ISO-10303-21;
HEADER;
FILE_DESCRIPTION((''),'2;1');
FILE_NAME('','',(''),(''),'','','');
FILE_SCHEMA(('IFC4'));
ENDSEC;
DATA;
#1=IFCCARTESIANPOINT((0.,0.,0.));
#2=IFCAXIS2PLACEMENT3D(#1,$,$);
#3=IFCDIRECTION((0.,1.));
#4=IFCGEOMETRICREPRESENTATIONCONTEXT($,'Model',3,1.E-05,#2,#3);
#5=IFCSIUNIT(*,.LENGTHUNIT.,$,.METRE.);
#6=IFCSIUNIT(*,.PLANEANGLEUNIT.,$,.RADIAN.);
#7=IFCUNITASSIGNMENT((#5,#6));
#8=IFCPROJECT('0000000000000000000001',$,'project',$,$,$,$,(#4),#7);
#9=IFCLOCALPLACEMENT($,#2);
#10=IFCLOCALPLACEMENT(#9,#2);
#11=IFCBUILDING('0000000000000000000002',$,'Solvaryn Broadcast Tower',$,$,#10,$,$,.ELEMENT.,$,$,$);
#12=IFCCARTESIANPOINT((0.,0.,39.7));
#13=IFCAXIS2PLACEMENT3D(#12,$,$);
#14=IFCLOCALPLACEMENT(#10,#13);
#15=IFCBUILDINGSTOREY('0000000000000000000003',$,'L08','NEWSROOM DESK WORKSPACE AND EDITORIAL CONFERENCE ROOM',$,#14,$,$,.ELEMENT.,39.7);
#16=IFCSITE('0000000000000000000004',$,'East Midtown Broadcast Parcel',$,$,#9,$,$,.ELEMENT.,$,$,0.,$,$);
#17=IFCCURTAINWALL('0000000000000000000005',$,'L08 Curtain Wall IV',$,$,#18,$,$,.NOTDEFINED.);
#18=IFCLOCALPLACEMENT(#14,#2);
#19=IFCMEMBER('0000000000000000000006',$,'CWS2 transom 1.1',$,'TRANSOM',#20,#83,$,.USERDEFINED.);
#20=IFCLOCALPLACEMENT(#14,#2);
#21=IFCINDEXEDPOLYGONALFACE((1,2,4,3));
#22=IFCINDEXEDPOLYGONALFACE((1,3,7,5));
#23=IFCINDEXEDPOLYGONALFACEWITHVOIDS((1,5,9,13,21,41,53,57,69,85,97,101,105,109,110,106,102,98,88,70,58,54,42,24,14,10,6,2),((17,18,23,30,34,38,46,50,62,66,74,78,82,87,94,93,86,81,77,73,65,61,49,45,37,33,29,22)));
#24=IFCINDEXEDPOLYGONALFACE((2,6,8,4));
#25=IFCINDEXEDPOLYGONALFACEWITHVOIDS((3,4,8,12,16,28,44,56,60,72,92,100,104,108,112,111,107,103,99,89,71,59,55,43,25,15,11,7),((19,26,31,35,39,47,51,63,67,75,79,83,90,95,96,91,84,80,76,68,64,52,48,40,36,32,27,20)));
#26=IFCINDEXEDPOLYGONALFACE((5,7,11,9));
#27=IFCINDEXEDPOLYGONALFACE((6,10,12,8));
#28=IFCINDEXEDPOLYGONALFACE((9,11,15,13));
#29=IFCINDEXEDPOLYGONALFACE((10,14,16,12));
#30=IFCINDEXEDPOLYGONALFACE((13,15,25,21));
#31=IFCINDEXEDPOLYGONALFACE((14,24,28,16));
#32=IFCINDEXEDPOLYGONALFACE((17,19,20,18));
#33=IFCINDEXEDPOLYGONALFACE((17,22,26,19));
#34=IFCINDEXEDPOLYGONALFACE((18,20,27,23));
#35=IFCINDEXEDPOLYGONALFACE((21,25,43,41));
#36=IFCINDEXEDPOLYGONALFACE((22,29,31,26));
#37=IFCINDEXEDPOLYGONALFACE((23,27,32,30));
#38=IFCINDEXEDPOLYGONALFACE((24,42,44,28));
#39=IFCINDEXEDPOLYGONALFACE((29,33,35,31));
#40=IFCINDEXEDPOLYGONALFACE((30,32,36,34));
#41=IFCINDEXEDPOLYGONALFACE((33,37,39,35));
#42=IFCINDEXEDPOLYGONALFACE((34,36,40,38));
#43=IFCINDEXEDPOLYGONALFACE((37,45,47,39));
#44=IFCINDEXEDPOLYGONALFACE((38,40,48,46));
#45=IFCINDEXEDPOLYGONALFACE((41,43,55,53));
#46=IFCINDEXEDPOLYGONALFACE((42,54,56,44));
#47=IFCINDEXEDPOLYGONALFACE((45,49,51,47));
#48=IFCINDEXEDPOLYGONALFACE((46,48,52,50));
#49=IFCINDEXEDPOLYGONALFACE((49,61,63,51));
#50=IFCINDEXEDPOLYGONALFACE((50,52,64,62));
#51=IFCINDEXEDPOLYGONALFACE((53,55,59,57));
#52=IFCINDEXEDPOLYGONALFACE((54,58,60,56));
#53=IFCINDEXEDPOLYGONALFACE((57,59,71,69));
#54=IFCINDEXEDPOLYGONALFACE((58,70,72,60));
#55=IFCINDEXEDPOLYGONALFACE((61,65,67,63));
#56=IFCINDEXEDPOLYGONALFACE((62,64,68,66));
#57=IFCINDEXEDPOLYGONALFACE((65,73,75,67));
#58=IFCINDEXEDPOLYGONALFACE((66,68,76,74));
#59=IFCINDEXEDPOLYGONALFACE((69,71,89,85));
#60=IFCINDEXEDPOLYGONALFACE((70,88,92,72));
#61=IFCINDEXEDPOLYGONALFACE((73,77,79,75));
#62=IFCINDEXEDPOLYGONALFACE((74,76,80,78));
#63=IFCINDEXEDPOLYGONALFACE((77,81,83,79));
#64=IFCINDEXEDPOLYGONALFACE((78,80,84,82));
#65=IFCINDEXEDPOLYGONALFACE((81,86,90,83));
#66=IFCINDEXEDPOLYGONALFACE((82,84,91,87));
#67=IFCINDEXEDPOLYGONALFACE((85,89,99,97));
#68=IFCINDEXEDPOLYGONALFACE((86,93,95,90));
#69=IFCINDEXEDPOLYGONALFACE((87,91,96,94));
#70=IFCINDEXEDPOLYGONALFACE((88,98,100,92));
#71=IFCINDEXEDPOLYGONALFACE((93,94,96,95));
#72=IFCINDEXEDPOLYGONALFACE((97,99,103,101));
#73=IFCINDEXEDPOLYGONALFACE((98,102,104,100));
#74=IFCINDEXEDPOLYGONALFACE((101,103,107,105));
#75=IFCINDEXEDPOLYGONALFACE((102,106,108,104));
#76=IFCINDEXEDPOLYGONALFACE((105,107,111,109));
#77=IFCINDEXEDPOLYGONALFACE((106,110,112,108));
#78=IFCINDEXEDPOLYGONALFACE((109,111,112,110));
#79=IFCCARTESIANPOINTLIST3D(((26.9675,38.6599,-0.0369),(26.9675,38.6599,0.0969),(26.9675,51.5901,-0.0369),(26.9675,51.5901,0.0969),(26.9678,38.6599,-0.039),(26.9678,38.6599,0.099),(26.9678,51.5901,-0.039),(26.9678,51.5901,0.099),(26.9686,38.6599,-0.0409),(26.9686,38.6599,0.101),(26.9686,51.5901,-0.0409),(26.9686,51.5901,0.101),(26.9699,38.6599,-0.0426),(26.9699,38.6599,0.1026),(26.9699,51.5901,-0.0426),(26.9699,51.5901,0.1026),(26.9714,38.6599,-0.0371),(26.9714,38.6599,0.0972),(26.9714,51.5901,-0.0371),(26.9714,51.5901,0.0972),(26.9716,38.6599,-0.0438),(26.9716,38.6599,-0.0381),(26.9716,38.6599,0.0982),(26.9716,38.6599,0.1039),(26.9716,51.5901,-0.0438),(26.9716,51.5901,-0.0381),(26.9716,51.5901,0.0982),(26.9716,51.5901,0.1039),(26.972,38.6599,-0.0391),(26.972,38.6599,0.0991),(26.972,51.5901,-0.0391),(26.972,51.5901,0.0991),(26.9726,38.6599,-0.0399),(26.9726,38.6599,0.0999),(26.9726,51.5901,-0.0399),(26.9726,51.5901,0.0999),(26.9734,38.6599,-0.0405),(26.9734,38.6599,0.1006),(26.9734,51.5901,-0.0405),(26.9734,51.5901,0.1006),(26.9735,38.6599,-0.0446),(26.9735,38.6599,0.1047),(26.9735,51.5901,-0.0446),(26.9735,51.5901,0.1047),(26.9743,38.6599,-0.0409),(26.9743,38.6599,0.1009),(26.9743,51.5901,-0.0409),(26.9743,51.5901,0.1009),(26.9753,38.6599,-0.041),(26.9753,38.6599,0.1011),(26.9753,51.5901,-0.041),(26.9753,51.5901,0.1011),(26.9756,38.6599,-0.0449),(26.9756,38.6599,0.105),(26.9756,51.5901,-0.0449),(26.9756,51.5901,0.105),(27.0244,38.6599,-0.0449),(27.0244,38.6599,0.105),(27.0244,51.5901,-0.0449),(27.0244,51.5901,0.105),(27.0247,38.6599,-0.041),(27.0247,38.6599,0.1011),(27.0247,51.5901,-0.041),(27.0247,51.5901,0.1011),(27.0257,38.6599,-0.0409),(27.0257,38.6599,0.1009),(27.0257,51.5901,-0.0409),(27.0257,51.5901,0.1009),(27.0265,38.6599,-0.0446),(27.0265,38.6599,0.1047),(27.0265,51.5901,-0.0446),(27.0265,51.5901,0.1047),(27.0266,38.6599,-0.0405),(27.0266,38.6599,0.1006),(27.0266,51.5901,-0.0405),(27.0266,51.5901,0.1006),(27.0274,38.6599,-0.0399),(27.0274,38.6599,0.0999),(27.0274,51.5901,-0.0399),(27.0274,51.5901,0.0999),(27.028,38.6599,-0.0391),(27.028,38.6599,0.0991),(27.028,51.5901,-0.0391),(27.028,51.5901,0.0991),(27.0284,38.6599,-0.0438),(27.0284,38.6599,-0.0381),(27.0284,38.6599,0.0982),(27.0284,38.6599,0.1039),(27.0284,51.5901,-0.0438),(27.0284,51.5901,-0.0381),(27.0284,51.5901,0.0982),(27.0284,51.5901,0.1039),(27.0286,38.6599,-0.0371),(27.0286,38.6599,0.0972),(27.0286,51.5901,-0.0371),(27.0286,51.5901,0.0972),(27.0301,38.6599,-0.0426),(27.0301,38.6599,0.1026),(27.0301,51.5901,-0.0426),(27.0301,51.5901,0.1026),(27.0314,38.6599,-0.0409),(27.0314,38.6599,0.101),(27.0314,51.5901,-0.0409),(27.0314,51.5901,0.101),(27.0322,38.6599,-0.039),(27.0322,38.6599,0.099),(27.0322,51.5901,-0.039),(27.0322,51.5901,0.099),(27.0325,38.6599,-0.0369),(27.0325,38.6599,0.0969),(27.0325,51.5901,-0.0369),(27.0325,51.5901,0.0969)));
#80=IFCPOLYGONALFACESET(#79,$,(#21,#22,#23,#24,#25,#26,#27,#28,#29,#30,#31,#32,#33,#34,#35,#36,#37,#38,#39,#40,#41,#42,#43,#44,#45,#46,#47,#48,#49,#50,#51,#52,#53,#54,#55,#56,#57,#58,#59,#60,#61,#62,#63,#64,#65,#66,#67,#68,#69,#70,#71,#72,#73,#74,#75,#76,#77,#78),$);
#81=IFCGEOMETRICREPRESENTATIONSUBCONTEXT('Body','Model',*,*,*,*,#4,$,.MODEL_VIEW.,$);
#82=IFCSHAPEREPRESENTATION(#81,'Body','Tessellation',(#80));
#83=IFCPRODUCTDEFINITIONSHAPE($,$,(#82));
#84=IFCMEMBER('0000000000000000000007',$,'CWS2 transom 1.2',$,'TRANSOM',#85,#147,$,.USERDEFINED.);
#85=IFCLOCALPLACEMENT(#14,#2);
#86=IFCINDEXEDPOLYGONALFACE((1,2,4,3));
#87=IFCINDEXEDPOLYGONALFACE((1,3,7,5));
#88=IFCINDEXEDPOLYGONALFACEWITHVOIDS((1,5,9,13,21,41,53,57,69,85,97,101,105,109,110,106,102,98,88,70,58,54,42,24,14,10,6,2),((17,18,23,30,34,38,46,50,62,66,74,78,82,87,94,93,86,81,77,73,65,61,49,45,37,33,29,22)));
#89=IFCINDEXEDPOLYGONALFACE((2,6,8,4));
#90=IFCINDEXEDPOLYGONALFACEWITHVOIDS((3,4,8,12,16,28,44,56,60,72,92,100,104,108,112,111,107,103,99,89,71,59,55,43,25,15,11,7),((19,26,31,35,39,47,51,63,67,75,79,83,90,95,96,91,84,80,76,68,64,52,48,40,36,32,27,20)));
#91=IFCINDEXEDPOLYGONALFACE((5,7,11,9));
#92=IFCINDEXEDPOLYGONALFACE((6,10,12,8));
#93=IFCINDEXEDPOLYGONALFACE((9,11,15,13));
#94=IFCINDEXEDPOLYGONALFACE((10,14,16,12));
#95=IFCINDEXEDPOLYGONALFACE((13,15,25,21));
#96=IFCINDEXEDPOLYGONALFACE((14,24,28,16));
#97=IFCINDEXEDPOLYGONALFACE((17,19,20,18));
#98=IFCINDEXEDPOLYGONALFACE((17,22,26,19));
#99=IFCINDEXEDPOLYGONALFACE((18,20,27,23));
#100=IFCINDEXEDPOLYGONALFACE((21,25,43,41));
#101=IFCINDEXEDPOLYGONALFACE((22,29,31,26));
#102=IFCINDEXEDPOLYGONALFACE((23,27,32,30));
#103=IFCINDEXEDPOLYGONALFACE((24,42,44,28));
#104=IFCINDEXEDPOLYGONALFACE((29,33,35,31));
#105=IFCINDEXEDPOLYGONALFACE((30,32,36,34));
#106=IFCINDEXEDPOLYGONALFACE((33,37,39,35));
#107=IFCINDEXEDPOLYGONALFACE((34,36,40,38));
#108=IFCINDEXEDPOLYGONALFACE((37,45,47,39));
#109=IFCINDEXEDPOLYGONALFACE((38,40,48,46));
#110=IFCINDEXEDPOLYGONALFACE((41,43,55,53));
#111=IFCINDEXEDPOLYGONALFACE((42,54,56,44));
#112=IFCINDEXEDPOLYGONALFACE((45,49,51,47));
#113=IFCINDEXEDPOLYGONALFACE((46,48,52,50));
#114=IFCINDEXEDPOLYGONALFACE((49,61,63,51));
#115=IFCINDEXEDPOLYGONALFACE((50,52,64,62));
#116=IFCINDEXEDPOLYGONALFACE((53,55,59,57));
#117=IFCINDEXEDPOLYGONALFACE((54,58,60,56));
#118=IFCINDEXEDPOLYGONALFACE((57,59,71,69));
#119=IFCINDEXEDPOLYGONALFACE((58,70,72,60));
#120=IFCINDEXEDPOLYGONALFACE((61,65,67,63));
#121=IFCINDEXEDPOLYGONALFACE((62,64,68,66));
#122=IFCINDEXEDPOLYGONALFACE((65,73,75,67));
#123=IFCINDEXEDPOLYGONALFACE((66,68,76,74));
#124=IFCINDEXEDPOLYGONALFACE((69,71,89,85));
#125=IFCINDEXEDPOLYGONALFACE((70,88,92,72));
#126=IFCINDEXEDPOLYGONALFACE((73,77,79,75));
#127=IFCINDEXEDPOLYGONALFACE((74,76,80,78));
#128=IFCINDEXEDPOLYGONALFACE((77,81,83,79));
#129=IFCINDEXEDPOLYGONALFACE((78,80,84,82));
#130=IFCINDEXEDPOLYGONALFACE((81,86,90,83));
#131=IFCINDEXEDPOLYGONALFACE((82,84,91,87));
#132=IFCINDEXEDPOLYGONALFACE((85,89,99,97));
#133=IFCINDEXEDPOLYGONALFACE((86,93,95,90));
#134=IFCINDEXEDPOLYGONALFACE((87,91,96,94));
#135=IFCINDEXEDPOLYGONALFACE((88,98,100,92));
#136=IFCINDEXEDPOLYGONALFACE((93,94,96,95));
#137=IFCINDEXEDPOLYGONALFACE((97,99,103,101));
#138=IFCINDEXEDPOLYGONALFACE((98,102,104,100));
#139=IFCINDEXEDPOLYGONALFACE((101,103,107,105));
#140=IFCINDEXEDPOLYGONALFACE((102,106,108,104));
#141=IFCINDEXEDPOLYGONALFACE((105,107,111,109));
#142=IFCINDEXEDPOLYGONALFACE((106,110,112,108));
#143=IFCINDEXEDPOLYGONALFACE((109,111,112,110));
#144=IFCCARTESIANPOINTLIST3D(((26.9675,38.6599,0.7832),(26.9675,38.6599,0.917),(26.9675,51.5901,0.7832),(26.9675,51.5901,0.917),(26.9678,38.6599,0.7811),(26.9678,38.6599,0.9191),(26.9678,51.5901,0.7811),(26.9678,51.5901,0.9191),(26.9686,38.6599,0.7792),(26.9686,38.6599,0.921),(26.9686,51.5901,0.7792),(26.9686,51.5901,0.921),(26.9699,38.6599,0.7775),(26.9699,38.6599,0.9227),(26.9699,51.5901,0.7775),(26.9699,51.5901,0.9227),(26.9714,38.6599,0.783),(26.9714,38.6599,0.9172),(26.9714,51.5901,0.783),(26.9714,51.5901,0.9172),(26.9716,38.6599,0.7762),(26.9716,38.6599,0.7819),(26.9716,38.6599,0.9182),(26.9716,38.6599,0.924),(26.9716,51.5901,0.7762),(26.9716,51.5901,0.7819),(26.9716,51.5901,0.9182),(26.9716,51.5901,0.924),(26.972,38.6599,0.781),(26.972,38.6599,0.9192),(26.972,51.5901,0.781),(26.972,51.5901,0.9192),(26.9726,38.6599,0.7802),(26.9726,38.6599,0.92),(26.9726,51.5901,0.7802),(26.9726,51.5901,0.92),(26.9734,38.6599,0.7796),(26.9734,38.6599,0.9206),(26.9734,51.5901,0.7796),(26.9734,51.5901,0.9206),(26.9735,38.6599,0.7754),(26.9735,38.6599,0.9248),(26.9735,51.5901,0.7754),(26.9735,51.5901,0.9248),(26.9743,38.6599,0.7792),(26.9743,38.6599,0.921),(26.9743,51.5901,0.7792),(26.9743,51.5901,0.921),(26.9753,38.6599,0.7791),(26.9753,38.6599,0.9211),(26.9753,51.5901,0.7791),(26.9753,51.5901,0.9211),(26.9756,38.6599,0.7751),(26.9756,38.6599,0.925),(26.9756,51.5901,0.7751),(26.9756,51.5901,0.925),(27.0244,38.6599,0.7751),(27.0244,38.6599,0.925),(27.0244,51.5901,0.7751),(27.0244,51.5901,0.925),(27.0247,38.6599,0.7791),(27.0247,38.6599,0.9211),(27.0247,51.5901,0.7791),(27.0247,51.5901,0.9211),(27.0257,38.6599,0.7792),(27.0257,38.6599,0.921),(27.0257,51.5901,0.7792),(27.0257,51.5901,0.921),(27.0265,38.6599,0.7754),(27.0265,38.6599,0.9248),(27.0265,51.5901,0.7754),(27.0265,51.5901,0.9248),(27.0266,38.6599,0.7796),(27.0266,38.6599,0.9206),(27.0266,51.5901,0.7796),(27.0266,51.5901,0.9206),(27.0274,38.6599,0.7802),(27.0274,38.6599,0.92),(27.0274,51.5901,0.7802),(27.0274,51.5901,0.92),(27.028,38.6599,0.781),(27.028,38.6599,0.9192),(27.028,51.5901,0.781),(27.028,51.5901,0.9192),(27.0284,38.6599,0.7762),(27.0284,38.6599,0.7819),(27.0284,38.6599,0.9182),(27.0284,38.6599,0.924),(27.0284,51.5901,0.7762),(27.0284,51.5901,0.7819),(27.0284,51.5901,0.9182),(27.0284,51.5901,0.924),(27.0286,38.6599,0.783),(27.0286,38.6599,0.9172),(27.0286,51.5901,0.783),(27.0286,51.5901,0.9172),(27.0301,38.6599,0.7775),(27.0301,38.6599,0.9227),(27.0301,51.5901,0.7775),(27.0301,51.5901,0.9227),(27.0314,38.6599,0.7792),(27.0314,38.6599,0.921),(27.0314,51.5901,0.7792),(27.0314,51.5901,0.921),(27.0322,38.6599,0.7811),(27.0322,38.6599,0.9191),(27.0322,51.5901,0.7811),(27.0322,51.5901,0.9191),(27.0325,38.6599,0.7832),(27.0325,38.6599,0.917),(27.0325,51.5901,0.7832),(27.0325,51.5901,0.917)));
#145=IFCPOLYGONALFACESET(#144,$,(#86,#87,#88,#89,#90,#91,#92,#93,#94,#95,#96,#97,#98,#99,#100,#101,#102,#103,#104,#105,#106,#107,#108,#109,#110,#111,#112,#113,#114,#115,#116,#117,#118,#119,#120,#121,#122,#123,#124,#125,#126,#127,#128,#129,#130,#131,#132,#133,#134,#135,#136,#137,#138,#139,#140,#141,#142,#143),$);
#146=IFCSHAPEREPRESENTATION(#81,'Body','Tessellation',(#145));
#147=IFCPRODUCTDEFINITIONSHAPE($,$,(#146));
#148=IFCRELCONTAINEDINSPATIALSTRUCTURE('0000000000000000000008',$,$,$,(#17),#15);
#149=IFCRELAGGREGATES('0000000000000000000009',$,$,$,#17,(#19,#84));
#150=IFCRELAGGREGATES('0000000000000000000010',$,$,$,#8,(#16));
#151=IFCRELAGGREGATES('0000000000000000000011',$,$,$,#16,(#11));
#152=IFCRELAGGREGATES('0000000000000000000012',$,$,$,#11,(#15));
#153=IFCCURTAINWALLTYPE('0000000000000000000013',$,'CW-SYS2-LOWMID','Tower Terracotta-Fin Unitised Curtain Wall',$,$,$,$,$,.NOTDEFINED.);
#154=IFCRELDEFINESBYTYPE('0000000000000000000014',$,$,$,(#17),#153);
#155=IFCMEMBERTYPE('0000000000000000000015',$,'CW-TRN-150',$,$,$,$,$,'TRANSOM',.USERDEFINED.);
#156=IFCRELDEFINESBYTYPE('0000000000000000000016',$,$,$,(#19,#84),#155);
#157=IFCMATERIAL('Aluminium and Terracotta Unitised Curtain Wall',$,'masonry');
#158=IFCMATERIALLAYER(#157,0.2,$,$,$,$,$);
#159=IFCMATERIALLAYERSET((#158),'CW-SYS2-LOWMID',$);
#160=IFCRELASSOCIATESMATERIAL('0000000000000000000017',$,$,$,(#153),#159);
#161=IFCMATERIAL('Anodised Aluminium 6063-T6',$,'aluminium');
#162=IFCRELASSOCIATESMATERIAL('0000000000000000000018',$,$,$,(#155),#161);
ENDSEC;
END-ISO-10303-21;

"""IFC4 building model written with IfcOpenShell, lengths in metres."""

from ifc_helpers import new_model, si_unit, direction, frame, origin, origin_2d, place, context, subcontext, project, spatial, hollow_rectangle, extrude, material, layer, layer_set, material_profile, profile_set, type_object, element, aggregate, save


model = new_model("IFC4")

# Units and contexts
model_context = context("Model", 3, precision=1e-05, world=origin(), true_north=direction((0.0, 1.0)))
body_context = subcontext(model_context, "Body", "Model", "MODEL_VIEW")
ifc_project = project(units=[si_unit("LENGTHUNIT", "METRE"), si_unit("PLANEANGLEUNIT", "RADIAN")], contexts=[model_context])

# Site, building, storey
site_placement = place(None, origin())
site = spatial("IfcSite", under=ifc_project, at=site_placement, Name="East Midtown Broadcast Parcel", CompositionType="ELEMENT", RefElevation=0.0)
building_placement = place(site_placement, origin())
building = spatial("IfcBuilding", under=site, at=building_placement, Name="Solvaryn Broadcast Tower", CompositionType="ELEMENT")
storey_placement = place(building_placement, frame((0.0, 0.0, 39.7)))
storey = spatial("IfcBuildingStorey", under=building, at=storey_placement, Name="L08", Description="NEWSROOM DESK WORKSPACE AND EDITORIAL CONFERENCE ROOM", CompositionType="ELEMENT", Elevation=39.7)

# Curtain wall
ifc_material_1 = material(Name="Aluminium and Terracotta Unitised Curtain Wall", Category="masonry")
ifc_layer_1 = layer(ifc_material_1, 0.2)
ifc_layer_set_1 = layer_set([ifc_layer_1], Name="CW-SYS2-LOWMID")
curtain_wall_type = type_object("IfcCurtainWallType", Name="CW-SYS2-LOWMID", Description="Tower Terracotta-Fin Unitised Curtain Wall", PredefinedType="NOTDEFINED", material=ifc_layer_set_1)
curtain_wall_1_placement = place(storey_placement, origin())
curtain_wall_1 = element("IfcCurtainWall", 1, at=curtain_wall_1_placement, inside=storey, type_object=curtain_wall_type, Name="L08 Curtain Wall IV", PredefinedType="NOTDEFINED")

# Members
ifc_material_2 = material(Name="Anodised Aluminium 6063-T6", Category="aluminium")
ifc_material_profile_1 = material_profile(ifc_material_2, hollow_rectangle(XDim=0.0649, YDim=0.1499, WallThickness=0.0039, InnerFilletRadius=0.0039, OuterFilletRadius=0.0081, at=origin_2d()))
ifc_profile_set_1 = profile_set([ifc_material_profile_1], Name="Anodised Aluminium 6063-T6")
member_type_1 = type_object("IfcMemberType", Name="CW-TRN-150", ElementType="TRANSOM", PredefinedType="USERDEFINED", material=ifc_profile_set_1)
member_1_placement = place(storey_placement, frame((27.0, 51.5901, 0.03), z_axis=(0.0, -1.0, 0.0), x_axis=(1.0, 0.0, 0.0)))
member_1 = element("IfcMember", 2, at=member_1_placement, type_object=member_type_1, Name="CWS2 transom 1.1", ObjectType="TRANSOM", PredefinedType="USERDEFINED", context=body_context, shape_type="SweptSolid", body=[
    extrude(hollow_rectangle(XDim=0.0649, YDim=0.1499, WallThickness=0.0039, InnerFilletRadius=0.0039, OuterFilletRadius=0.0081, at=origin_2d()), origin(), (0.0, 0.0, 1.0), 12.9302),
])
member_2_placement = place(storey_placement, frame((27.0, 51.5901, 0.8501), z_axis=(0.0, -1.0, 0.0), x_axis=(1.0, 0.0, 0.0)))
member_2 = element("IfcMember", 3, at=member_2_placement, type_object=member_type_1, Name="CWS2 transom 1.2", ObjectType="TRANSOM", PredefinedType="USERDEFINED", context=body_context, shape_type="SweptSolid", body=[
    extrude(hollow_rectangle(XDim=0.0649, YDim=0.1499, WallThickness=0.0039, InnerFilletRadius=0.0039, OuterFilletRadius=0.0081, at=origin_2d()), origin(), (0.0, 0.0, 1.0), 12.9302),
])

aggregate(curtain_wall_1, [member_1, member_2])

save(model, "model.ifc")
